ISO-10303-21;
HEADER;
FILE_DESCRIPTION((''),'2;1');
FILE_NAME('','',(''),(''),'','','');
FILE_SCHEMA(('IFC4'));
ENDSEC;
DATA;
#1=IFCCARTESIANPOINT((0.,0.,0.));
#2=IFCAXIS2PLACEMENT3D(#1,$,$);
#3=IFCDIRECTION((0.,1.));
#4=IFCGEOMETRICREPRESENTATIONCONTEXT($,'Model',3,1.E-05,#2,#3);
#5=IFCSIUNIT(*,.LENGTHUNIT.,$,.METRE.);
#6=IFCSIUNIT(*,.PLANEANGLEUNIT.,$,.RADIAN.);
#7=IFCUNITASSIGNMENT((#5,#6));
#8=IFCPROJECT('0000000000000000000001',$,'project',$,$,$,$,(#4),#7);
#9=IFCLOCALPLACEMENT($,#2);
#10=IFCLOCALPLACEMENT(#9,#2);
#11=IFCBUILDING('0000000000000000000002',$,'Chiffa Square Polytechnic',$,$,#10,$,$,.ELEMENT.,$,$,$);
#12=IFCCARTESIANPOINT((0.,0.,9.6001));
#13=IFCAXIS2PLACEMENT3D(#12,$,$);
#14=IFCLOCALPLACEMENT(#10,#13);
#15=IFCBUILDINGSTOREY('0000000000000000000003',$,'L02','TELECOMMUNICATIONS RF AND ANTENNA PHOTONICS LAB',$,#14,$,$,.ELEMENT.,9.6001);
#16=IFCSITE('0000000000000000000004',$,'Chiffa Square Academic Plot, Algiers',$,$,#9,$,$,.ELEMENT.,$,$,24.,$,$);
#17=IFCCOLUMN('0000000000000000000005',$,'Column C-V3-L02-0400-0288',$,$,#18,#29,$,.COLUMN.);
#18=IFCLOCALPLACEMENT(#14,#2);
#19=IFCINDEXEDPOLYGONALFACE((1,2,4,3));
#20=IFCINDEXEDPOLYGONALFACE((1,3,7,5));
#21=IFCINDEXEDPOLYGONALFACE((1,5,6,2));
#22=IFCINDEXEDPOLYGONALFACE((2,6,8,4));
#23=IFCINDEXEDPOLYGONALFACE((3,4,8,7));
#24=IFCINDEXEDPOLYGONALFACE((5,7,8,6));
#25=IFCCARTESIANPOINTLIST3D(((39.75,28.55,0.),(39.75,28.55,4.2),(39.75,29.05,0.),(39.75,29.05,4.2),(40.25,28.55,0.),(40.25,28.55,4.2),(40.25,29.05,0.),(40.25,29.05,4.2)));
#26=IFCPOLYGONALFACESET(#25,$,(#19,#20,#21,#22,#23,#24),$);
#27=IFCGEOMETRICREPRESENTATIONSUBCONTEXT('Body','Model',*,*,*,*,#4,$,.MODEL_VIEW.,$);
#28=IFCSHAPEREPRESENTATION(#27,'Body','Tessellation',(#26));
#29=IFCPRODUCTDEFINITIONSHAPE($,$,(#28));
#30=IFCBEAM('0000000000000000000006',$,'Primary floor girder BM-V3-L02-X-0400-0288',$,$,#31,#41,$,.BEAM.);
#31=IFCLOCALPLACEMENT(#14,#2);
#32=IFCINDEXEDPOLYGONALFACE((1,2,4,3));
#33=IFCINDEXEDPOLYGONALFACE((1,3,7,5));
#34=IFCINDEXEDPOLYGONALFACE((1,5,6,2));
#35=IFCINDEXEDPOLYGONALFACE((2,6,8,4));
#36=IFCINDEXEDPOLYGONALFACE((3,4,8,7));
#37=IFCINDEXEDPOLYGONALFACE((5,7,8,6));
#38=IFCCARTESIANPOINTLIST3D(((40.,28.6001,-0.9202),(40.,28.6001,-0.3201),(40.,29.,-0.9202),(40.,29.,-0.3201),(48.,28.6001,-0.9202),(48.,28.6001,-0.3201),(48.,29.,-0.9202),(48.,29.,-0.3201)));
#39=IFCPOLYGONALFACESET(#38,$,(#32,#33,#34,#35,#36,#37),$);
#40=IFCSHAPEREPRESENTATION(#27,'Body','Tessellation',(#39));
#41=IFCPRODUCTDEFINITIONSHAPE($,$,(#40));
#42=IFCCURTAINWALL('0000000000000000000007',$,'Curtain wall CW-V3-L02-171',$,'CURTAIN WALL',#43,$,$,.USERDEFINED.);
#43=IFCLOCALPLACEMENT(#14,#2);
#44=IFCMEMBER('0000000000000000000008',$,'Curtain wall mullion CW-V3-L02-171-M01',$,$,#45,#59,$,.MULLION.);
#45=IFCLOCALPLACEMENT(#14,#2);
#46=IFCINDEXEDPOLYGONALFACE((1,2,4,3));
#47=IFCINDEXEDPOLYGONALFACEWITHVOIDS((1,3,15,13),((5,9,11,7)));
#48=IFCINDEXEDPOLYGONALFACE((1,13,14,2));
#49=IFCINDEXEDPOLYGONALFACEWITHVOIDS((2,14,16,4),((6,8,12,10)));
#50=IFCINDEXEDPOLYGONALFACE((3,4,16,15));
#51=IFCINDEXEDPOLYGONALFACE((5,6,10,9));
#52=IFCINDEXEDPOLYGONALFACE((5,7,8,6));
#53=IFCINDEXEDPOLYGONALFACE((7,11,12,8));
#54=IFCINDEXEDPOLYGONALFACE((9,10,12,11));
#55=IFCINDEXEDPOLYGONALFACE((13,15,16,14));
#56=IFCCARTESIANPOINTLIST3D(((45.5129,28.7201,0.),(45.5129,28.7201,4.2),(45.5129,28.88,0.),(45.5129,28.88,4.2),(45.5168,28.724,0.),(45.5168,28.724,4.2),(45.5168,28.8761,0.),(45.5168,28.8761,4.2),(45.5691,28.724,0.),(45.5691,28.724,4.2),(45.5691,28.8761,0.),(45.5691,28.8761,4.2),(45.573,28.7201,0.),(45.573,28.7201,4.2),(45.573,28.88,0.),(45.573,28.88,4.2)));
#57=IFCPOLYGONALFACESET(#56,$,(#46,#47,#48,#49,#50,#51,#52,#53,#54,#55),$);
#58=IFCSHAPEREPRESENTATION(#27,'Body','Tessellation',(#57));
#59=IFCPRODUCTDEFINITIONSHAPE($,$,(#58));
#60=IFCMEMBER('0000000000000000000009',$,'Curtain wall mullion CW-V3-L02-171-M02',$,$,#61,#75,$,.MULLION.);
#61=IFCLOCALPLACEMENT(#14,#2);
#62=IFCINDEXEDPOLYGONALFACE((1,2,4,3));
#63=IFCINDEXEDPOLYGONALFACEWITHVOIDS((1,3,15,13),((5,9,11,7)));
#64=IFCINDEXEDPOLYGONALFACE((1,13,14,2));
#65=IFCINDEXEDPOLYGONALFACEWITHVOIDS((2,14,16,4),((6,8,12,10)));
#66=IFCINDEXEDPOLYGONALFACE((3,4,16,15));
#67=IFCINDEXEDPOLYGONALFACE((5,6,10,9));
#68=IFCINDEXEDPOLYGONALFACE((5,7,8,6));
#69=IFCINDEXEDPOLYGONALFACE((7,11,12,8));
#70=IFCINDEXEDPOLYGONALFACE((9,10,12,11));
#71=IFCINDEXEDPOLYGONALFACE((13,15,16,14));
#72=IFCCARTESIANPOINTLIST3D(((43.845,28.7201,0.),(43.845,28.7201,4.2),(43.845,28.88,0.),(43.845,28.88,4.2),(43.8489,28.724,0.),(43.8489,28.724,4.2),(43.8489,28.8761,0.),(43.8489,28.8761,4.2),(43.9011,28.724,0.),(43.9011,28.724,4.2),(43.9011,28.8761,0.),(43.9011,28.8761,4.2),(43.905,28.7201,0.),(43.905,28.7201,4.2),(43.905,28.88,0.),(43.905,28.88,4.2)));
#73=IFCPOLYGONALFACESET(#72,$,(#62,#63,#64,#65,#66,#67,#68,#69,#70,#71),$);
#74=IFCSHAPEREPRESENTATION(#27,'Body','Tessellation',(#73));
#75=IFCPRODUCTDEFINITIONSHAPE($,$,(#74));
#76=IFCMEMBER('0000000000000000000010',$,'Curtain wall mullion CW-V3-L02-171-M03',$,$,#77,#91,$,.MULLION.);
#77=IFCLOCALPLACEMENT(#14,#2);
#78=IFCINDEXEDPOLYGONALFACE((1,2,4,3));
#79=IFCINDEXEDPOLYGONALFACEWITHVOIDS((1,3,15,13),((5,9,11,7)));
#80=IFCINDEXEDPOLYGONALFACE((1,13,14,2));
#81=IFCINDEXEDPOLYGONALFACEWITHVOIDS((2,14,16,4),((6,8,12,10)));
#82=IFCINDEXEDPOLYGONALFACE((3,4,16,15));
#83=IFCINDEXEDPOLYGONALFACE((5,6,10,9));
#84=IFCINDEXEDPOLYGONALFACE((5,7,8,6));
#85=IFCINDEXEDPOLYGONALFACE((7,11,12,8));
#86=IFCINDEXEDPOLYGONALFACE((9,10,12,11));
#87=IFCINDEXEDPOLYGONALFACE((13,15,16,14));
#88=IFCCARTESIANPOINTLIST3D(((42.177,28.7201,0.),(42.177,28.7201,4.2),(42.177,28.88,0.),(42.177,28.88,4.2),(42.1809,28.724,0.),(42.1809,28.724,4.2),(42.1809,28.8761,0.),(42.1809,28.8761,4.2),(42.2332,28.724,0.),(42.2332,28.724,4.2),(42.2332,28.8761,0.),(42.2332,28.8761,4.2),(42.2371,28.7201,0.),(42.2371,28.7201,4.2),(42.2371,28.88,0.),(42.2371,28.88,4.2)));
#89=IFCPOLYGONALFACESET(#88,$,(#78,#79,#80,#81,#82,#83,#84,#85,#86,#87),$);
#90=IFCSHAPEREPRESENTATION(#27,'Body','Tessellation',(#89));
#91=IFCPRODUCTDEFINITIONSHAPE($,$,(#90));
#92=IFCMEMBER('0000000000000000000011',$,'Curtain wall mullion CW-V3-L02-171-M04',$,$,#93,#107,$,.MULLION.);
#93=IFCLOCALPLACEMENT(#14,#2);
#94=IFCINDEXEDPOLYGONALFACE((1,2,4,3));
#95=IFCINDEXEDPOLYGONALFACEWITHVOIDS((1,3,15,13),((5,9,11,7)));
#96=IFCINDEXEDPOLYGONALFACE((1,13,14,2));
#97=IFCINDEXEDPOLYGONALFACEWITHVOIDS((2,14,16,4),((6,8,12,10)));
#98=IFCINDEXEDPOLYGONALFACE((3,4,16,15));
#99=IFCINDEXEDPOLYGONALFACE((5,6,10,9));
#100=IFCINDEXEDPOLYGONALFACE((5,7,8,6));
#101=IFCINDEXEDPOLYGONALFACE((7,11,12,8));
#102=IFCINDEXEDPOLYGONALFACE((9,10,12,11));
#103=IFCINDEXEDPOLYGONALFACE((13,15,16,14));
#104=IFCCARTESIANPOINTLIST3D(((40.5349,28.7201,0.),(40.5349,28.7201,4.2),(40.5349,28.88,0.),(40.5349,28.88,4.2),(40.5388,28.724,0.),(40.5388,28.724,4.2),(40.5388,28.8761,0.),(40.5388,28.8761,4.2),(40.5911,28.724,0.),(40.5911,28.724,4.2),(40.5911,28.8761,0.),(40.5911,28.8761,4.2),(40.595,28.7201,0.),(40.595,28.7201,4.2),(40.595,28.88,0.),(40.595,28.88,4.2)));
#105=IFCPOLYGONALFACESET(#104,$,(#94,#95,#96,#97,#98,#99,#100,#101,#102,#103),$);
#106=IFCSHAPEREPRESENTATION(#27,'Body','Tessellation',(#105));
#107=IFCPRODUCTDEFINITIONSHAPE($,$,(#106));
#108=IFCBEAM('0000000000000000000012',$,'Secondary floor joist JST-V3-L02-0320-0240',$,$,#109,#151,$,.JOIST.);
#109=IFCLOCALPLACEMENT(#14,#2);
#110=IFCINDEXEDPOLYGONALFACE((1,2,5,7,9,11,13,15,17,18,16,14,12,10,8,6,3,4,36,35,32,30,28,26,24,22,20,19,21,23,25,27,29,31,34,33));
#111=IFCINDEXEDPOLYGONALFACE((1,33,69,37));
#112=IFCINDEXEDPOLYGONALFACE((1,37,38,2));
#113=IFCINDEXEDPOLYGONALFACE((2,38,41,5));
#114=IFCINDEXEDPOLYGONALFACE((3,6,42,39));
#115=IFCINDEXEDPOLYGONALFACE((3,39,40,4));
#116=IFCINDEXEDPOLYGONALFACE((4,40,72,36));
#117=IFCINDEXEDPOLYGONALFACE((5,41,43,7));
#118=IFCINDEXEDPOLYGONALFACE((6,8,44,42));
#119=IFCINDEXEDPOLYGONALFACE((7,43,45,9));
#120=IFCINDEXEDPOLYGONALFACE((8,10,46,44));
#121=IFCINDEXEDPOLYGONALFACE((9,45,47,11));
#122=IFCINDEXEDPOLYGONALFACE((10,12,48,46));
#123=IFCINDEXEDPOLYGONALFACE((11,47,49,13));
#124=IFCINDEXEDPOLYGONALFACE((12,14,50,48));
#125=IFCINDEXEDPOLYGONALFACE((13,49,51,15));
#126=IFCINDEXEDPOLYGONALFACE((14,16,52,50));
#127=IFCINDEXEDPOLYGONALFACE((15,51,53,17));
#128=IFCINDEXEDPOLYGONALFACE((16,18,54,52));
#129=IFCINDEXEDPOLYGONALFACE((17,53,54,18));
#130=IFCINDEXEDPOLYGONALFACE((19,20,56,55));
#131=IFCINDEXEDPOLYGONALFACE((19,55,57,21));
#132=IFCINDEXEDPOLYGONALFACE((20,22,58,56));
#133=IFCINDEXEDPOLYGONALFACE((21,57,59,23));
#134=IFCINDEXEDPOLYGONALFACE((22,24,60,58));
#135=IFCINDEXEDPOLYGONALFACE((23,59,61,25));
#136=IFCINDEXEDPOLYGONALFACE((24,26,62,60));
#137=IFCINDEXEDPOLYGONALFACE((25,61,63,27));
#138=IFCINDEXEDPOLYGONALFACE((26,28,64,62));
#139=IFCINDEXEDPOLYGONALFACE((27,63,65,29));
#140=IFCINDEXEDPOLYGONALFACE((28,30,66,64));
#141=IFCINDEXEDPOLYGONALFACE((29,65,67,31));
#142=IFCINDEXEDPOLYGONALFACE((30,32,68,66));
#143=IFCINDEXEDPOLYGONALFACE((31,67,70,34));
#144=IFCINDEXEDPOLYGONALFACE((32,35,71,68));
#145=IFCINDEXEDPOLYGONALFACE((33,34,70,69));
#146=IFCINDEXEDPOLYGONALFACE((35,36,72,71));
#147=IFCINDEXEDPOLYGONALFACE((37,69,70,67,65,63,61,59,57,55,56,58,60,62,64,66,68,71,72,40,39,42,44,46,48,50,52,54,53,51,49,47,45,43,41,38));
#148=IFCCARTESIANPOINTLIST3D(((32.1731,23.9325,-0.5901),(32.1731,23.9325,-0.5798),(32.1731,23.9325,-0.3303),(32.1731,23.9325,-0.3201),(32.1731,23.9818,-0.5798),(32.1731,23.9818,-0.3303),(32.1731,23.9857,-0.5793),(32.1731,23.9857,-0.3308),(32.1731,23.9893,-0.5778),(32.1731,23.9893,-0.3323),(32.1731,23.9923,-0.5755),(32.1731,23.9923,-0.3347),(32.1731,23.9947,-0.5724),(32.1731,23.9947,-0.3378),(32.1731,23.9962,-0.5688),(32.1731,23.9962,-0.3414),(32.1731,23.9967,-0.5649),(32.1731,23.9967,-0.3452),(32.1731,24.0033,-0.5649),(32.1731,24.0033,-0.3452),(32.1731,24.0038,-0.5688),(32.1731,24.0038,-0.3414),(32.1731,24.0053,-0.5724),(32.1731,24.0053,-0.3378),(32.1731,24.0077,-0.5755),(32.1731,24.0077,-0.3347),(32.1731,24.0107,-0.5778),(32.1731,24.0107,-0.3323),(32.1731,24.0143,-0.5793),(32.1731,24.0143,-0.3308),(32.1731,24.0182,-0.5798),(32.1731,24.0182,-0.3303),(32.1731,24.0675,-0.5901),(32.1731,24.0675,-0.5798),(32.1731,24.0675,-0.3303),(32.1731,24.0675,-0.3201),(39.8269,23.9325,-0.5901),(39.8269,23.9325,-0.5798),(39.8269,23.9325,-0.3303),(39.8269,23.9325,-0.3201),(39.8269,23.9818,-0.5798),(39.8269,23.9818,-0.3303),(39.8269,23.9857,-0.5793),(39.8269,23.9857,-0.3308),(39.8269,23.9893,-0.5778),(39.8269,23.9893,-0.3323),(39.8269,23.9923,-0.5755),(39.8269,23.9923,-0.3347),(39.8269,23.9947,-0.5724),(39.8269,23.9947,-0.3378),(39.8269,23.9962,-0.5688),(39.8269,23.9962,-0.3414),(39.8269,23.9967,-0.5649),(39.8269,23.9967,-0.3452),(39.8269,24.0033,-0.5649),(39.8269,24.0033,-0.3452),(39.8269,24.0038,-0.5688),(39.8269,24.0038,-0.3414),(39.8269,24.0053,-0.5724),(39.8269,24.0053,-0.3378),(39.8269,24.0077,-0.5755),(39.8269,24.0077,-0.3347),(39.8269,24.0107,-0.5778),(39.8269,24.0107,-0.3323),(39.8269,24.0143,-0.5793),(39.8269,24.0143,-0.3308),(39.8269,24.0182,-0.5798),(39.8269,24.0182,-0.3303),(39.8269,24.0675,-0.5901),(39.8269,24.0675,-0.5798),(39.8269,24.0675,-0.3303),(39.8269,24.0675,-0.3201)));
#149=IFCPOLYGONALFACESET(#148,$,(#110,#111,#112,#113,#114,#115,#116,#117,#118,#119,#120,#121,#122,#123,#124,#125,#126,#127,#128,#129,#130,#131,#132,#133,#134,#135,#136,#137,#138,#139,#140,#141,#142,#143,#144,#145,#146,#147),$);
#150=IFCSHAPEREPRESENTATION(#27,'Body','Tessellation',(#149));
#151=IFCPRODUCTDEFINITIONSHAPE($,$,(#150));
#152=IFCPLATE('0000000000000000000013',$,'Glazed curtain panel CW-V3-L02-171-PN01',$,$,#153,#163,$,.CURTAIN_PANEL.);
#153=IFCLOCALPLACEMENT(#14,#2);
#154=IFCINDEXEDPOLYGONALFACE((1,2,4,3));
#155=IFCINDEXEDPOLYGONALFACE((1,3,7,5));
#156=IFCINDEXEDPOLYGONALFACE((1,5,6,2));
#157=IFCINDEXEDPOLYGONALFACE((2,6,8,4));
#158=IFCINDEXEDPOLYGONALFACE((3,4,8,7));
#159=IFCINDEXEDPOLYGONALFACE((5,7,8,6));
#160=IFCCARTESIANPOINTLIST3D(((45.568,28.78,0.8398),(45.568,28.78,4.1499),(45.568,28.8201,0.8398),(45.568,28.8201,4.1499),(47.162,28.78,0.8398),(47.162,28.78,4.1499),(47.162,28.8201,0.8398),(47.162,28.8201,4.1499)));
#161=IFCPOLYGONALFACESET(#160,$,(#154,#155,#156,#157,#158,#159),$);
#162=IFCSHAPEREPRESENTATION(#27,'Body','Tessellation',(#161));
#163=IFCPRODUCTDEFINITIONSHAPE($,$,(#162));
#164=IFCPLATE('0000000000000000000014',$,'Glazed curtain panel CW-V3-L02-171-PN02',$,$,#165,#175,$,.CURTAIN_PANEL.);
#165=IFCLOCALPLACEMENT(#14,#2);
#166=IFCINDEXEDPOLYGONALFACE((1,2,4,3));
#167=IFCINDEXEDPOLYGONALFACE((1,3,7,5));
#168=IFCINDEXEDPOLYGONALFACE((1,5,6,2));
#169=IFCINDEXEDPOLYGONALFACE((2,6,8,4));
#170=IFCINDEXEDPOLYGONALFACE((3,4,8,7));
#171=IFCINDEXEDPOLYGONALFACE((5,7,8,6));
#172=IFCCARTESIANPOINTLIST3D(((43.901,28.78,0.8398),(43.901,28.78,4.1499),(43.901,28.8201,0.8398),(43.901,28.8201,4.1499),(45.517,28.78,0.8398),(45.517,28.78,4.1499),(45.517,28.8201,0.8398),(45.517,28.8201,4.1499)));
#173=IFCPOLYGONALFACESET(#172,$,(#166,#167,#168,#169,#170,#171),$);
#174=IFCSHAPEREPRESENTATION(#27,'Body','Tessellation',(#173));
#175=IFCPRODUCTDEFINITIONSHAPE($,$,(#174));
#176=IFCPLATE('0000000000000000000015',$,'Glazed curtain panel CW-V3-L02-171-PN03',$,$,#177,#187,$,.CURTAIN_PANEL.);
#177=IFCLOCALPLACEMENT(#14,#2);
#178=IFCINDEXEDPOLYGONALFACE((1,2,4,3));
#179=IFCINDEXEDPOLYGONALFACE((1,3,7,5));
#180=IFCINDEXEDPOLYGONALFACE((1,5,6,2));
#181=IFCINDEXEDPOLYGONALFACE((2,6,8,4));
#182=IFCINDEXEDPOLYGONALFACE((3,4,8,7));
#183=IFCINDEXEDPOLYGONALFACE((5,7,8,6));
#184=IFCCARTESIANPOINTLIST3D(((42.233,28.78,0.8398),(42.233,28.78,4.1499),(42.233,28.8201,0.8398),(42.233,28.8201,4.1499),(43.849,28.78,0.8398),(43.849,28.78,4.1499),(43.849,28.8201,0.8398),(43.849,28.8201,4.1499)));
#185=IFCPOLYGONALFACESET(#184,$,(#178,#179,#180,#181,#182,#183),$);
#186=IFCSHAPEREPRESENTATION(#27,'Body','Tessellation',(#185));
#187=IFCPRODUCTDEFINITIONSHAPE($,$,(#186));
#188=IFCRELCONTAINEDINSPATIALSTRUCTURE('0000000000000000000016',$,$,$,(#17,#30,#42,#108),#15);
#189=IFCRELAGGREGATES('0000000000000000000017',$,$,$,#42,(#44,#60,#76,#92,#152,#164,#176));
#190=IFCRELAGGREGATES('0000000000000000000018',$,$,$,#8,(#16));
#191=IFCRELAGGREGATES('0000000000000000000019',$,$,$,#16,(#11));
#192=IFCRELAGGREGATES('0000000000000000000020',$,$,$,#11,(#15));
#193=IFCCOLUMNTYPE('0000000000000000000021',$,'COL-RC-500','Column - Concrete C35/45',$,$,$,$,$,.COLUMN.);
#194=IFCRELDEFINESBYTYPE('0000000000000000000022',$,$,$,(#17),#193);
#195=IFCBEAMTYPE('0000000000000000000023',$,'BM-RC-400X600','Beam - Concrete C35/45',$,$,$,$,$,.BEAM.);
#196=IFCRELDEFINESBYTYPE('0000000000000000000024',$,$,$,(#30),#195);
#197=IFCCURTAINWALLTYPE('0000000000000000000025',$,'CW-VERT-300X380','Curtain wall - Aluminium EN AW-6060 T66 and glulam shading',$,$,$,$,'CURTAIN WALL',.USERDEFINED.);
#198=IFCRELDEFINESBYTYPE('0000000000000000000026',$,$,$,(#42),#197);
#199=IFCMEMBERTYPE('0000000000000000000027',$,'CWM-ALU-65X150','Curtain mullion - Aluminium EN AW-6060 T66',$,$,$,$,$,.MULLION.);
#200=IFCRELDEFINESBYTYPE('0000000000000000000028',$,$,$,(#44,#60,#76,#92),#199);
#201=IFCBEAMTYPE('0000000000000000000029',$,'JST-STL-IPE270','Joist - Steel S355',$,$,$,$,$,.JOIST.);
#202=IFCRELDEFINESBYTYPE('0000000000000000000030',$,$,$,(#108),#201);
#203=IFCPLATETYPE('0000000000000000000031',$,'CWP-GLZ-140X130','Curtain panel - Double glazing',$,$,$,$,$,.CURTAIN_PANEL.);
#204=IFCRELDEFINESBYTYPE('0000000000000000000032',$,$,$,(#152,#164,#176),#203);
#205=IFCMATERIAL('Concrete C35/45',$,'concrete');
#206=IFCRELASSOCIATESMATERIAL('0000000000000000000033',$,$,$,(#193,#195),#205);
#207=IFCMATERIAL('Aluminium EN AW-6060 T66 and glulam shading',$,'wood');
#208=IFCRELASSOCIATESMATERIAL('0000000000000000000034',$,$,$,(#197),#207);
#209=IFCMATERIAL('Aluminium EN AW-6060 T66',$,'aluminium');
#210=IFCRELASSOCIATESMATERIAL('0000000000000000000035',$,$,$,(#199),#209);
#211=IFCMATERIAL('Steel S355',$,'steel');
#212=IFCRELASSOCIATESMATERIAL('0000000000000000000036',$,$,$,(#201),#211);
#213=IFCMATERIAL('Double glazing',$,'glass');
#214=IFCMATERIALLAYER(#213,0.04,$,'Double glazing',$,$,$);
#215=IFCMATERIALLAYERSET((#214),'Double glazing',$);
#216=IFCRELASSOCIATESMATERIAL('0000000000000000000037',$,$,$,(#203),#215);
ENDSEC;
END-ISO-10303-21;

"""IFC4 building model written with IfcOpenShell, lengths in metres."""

from ifc_helpers import new_model, si_unit, direction, frame, origin, origin_2d, place, context, subcontext, project, spatial, rectangle, hollow_rectangle, i_section, extrude, material, layer, layer_set, material_profile, profile_set, type_object, element, aggregate, save


model = new_model("IFC4")

# Units and contexts
model_context = context("Model", 3, precision=1e-05, world=origin(), true_north=direction((0.0, 1.0)))
body_context = subcontext(model_context, "Body", "Model", "MODEL_VIEW")
ifc_project = project(units=[si_unit("LENGTHUNIT", "METRE"), si_unit("PLANEANGLEUNIT", "RADIAN")], contexts=[model_context])

# Site, building, storey
site_placement = place(None, origin())
site = spatial("IfcSite", under=ifc_project, at=site_placement, Name="Chiffa Square Academic Plot, Algiers", CompositionType="ELEMENT", RefElevation=24.0)
building_placement = place(site_placement, origin())
building = spatial("IfcBuilding", under=site, at=building_placement, Name="Chiffa Square Polytechnic", CompositionType="ELEMENT")
storey_placement = place(building_placement, frame((0.0, 0.0, 9.6001)))
storey = spatial("IfcBuildingStorey", under=building, at=storey_placement, Name="L02", Description="TELECOMMUNICATIONS RF AND ANTENNA PHOTONICS LAB", CompositionType="ELEMENT", Elevation=9.6001)

# Column
ifc_material_1 = material(Name="Concrete C35/45", Category="concrete")
ifc_material_profile_1 = material_profile(ifc_material_1, rectangle(XDim=0.5, YDim=0.5, at=origin_2d()), Name="RC 500x500")
ifc_profile_set_1 = profile_set([ifc_material_profile_1], Name="Concrete C35/45")
column_type = type_object("IfcColumnType", Name="COL-RC-500", Description="Column - Concrete C35/45", PredefinedType="COLUMN", material=ifc_profile_set_1)
column_placement = place(storey_placement, frame((40.0, 28.8, 0.0), z_axis=(0.0, 0.0, 1.0), x_axis=(1.0, 0.0, 0.0)))
element("IfcColumn", 1, at=column_placement, inside=storey, type_object=column_type, Name="Column C-V3-L02-0400-0288", PredefinedType="COLUMN", context=body_context, shape_type="SweptSolid", body=[
    extrude(rectangle(XDim=0.5, YDim=0.5, at=origin_2d()), origin(), (0.0, 0.0, 1.0), 4.2),
])

# Beam
ifc_material_profile_2 = material_profile(ifc_material_1, rectangle(XDim=0.3999, YDim=0.6001, at=origin_2d()), Name="RC 400x600")
ifc_profile_set_2 = profile_set([ifc_material_profile_2], Name="Concrete C35/45")
beam_type_1 = type_object("IfcBeamType", Name="BM-RC-400X600", Description="Beam - Concrete C35/45", PredefinedType="BEAM", material=ifc_profile_set_2)
beam_1_placement = place(storey_placement, frame((40.0, 28.8, -0.6201), z_axis=(1.0, 0.0, 0.0), x_axis=(0.0, 1.0, 0.0)))
element("IfcBeam", 2, at=beam_1_placement, inside=storey, type_object=beam_type_1, Name="Primary floor girder BM-V3-L02-X-0400-0288", PredefinedType="BEAM", context=body_context, shape_type="SweptSolid", body=[
    extrude(rectangle(XDim=0.3999, YDim=0.6001, at=origin_2d()), origin(), (0.0, 0.0, 1.0), 8.0),
])

# Curtain wall, members
ifc_material_2 = material(Name="Aluminium EN AW-6060 T66 and glulam shading", Category="wood")
curtain_wall_type = type_object("IfcCurtainWallType", Name="CW-VERT-300X380", Description="Curtain wall - Aluminium EN AW-6060 T66 and glulam shading", ElementType="CURTAIN WALL", PredefinedType="USERDEFINED", material=ifc_material_2)
curtain_wall_placement = place(storey_placement, origin())
curtain_wall = element("IfcCurtainWall", 3, at=curtain_wall_placement, inside=storey, type_object=curtain_wall_type, Name="Curtain wall CW-V3-L02-171", ObjectType="CURTAIN WALL", PredefinedType="USERDEFINED")
ifc_material_3 = material(Name="Aluminium EN AW-6060 T66", Category="aluminium")
ifc_material_profile_3 = material_profile(ifc_material_3, hollow_rectangle(XDim=0.0601, YDim=0.1599, WallThickness=0.0039, at=origin_2d()), Name="ALU 60x160x4")
ifc_profile_set_3 = profile_set([ifc_material_profile_3], Name="Aluminium EN AW-6060 T66")
member_type = type_object("IfcMemberType", Name="CWM-ALU-65X150", Description="Curtain mullion - Aluminium EN AW-6060 T66", PredefinedType="MULLION", material=ifc_profile_set_3)
member_1_placement = place(storey_placement, frame((45.543, 28.8, 0.0), z_axis=(0.0, 0.0, 1.0), x_axis=(1.0, 0.0, 0.0)))
member_1 = element("IfcMember", 4, at=member_1_placement, type_object=member_type, Name="Curtain wall mullion CW-V3-L02-171-M01", PredefinedType="MULLION", context=body_context, shape_type="SweptSolid", body=[
    extrude(hollow_rectangle(XDim=0.0601, YDim=0.1599, WallThickness=0.0039, at=origin_2d()), origin(), (0.0, 0.0, 1.0), 4.2),
])
member_2_placement = place(storey_placement, frame((43.875, 28.8, 0.0), z_axis=(0.0, 0.0, 1.0), x_axis=(1.0, 0.0, 0.0)))
member_2 = element("IfcMember", 5, at=member_2_placement, type_object=member_type, Name="Curtain wall mullion CW-V3-L02-171-M02", PredefinedType="MULLION", context=body_context, shape_type="SweptSolid", body=[
    extrude(hollow_rectangle(XDim=0.0601, YDim=0.1599, WallThickness=0.0039, at=origin_2d()), origin(), (0.0, 0.0, 1.0), 4.2),
])
member_3_placement = place(storey_placement, frame((42.207, 28.8, 0.0), z_axis=(0.0, 0.0, 1.0), x_axis=(1.0, 0.0, 0.0)))
member_3 = element("IfcMember", 6, at=member_3_placement, type_object=member_type, Name="Curtain wall mullion CW-V3-L02-171-M03", PredefinedType="MULLION", context=body_context, shape_type="SweptSolid", body=[
    extrude(hollow_rectangle(XDim=0.0601, YDim=0.1599, WallThickness=0.0039, at=origin_2d()), origin(), (0.0, 0.0, 1.0), 4.2),
])
member_4_placement = place(storey_placement, frame((40.5649, 28.8, 0.0), z_axis=(0.0, 0.0, 1.0), x_axis=(1.0, 0.0, 0.0)))
member_4 = element("IfcMember", 7, at=member_4_placement, type_object=member_type, Name="Curtain wall mullion CW-V3-L02-171-M04", PredefinedType="MULLION", context=body_context, shape_type="SweptSolid", body=[
    extrude(hollow_rectangle(XDim=0.0601, YDim=0.1599, WallThickness=0.0039, at=origin_2d()), origin(), (0.0, 0.0, 1.0), 4.2),
])

# Beam
ifc_material_4 = material(Name="Steel S355", Category="steel")
ifc_material_profile_4 = material_profile(ifc_material_4, i_section(OverallWidth=0.135, OverallDepth=0.27, WebThickness=0.0066, FlangeThickness=0.0103, FilletRadius=0.0149, at=origin_2d()), Name="IPE 270")
ifc_profile_set_4 = profile_set([ifc_material_profile_4], Name="Steel S355")
beam_type_2 = type_object("IfcBeamType", Name="JST-STL-IPE270", Description="Joist - Steel S355", PredefinedType="JOIST", material=ifc_profile_set_4)
beam_2_placement = place(storey_placement, frame((32.1731, 24.0, -0.4551), z_axis=(1.0, 0.0, 0.0), x_axis=(0.0, 1.0, 0.0)))
element("IfcBeam", 8, at=beam_2_placement, inside=storey, type_object=beam_type_2, Name="Secondary floor joist JST-V3-L02-0320-0240", PredefinedType="JOIST", context=body_context, shape_type="SweptSolid", body=[
    extrude(i_section(OverallWidth=0.135, OverallDepth=0.27, WebThickness=0.0066, FlangeThickness=0.0103, FilletRadius=0.0149, at=origin_2d()), origin(), (0.0, 0.0, 1.0), 7.6538),
])

# Plates
ifc_material_5 = material(Name="Double glazing", Category="glass")
ifc_layer_1 = layer(ifc_material_5, 0.04, Name="Double glazing")
ifc_layer_set_1 = layer_set([ifc_layer_1], Name="Double glazing")
plate_type_1 = type_object("IfcPlateType", Name="CWP-GLZ-140X130", Description="Curtain panel - Double glazing", PredefinedType="CURTAIN_PANEL", material=ifc_layer_set_1)
plate_1_placement = place(storey_placement, frame((46.365, 28.8, 0.8398), z_axis=(0.0, 0.0, 1.0), x_axis=(-1.0, 0.0, 0.0)))
plate_1 = element("IfcPlate", 9, at=plate_1_placement, type_object=plate_type_1, Name="Glazed curtain panel CW-V3-L02-171-PN01", PredefinedType="CURTAIN_PANEL", context=body_context, shape_type="SweptSolid", body=[
    extrude(rectangle(XDim=1.594, YDim=0.04, at=origin_2d()), origin(), (0.0, 0.0, 1.0), 3.3101),
])
plate_2_placement = place(storey_placement, frame((44.709, 28.8, 0.8398), z_axis=(0.0, 0.0, 1.0), x_axis=(-1.0, 0.0, 0.0)))
plate_2 = element("IfcPlate", 10, at=plate_2_placement, type_object=plate_type_1, Name="Glazed curtain panel CW-V3-L02-171-PN02", PredefinedType="CURTAIN_PANEL", context=body_context, shape_type="SweptSolid", body=[
    extrude(rectangle(XDim=1.616, YDim=0.04, at=origin_2d()), origin(), (0.0, 0.0, 1.0), 3.3101),
])
plate_3_placement = place(storey_placement, frame((43.041, 28.8, 0.8398), z_axis=(0.0, 0.0, 1.0), x_axis=(-1.0, 0.0, 0.0)))
plate_3 = element("IfcPlate", 11, at=plate_3_placement, type_object=plate_type_1, Name="Glazed curtain panel CW-V3-L02-171-PN03", PredefinedType="CURTAIN_PANEL", context=body_context, shape_type="SweptSolid", body=[
    extrude(rectangle(XDim=1.616, YDim=0.04, at=origin_2d()), origin(), (0.0, 0.0, 1.0), 3.3101),
])
aggregate(curtain_wall, [member_1, member_2, member_3, member_4, plate_1, plate_2, plate_3])

save(model, "model.ifc")
